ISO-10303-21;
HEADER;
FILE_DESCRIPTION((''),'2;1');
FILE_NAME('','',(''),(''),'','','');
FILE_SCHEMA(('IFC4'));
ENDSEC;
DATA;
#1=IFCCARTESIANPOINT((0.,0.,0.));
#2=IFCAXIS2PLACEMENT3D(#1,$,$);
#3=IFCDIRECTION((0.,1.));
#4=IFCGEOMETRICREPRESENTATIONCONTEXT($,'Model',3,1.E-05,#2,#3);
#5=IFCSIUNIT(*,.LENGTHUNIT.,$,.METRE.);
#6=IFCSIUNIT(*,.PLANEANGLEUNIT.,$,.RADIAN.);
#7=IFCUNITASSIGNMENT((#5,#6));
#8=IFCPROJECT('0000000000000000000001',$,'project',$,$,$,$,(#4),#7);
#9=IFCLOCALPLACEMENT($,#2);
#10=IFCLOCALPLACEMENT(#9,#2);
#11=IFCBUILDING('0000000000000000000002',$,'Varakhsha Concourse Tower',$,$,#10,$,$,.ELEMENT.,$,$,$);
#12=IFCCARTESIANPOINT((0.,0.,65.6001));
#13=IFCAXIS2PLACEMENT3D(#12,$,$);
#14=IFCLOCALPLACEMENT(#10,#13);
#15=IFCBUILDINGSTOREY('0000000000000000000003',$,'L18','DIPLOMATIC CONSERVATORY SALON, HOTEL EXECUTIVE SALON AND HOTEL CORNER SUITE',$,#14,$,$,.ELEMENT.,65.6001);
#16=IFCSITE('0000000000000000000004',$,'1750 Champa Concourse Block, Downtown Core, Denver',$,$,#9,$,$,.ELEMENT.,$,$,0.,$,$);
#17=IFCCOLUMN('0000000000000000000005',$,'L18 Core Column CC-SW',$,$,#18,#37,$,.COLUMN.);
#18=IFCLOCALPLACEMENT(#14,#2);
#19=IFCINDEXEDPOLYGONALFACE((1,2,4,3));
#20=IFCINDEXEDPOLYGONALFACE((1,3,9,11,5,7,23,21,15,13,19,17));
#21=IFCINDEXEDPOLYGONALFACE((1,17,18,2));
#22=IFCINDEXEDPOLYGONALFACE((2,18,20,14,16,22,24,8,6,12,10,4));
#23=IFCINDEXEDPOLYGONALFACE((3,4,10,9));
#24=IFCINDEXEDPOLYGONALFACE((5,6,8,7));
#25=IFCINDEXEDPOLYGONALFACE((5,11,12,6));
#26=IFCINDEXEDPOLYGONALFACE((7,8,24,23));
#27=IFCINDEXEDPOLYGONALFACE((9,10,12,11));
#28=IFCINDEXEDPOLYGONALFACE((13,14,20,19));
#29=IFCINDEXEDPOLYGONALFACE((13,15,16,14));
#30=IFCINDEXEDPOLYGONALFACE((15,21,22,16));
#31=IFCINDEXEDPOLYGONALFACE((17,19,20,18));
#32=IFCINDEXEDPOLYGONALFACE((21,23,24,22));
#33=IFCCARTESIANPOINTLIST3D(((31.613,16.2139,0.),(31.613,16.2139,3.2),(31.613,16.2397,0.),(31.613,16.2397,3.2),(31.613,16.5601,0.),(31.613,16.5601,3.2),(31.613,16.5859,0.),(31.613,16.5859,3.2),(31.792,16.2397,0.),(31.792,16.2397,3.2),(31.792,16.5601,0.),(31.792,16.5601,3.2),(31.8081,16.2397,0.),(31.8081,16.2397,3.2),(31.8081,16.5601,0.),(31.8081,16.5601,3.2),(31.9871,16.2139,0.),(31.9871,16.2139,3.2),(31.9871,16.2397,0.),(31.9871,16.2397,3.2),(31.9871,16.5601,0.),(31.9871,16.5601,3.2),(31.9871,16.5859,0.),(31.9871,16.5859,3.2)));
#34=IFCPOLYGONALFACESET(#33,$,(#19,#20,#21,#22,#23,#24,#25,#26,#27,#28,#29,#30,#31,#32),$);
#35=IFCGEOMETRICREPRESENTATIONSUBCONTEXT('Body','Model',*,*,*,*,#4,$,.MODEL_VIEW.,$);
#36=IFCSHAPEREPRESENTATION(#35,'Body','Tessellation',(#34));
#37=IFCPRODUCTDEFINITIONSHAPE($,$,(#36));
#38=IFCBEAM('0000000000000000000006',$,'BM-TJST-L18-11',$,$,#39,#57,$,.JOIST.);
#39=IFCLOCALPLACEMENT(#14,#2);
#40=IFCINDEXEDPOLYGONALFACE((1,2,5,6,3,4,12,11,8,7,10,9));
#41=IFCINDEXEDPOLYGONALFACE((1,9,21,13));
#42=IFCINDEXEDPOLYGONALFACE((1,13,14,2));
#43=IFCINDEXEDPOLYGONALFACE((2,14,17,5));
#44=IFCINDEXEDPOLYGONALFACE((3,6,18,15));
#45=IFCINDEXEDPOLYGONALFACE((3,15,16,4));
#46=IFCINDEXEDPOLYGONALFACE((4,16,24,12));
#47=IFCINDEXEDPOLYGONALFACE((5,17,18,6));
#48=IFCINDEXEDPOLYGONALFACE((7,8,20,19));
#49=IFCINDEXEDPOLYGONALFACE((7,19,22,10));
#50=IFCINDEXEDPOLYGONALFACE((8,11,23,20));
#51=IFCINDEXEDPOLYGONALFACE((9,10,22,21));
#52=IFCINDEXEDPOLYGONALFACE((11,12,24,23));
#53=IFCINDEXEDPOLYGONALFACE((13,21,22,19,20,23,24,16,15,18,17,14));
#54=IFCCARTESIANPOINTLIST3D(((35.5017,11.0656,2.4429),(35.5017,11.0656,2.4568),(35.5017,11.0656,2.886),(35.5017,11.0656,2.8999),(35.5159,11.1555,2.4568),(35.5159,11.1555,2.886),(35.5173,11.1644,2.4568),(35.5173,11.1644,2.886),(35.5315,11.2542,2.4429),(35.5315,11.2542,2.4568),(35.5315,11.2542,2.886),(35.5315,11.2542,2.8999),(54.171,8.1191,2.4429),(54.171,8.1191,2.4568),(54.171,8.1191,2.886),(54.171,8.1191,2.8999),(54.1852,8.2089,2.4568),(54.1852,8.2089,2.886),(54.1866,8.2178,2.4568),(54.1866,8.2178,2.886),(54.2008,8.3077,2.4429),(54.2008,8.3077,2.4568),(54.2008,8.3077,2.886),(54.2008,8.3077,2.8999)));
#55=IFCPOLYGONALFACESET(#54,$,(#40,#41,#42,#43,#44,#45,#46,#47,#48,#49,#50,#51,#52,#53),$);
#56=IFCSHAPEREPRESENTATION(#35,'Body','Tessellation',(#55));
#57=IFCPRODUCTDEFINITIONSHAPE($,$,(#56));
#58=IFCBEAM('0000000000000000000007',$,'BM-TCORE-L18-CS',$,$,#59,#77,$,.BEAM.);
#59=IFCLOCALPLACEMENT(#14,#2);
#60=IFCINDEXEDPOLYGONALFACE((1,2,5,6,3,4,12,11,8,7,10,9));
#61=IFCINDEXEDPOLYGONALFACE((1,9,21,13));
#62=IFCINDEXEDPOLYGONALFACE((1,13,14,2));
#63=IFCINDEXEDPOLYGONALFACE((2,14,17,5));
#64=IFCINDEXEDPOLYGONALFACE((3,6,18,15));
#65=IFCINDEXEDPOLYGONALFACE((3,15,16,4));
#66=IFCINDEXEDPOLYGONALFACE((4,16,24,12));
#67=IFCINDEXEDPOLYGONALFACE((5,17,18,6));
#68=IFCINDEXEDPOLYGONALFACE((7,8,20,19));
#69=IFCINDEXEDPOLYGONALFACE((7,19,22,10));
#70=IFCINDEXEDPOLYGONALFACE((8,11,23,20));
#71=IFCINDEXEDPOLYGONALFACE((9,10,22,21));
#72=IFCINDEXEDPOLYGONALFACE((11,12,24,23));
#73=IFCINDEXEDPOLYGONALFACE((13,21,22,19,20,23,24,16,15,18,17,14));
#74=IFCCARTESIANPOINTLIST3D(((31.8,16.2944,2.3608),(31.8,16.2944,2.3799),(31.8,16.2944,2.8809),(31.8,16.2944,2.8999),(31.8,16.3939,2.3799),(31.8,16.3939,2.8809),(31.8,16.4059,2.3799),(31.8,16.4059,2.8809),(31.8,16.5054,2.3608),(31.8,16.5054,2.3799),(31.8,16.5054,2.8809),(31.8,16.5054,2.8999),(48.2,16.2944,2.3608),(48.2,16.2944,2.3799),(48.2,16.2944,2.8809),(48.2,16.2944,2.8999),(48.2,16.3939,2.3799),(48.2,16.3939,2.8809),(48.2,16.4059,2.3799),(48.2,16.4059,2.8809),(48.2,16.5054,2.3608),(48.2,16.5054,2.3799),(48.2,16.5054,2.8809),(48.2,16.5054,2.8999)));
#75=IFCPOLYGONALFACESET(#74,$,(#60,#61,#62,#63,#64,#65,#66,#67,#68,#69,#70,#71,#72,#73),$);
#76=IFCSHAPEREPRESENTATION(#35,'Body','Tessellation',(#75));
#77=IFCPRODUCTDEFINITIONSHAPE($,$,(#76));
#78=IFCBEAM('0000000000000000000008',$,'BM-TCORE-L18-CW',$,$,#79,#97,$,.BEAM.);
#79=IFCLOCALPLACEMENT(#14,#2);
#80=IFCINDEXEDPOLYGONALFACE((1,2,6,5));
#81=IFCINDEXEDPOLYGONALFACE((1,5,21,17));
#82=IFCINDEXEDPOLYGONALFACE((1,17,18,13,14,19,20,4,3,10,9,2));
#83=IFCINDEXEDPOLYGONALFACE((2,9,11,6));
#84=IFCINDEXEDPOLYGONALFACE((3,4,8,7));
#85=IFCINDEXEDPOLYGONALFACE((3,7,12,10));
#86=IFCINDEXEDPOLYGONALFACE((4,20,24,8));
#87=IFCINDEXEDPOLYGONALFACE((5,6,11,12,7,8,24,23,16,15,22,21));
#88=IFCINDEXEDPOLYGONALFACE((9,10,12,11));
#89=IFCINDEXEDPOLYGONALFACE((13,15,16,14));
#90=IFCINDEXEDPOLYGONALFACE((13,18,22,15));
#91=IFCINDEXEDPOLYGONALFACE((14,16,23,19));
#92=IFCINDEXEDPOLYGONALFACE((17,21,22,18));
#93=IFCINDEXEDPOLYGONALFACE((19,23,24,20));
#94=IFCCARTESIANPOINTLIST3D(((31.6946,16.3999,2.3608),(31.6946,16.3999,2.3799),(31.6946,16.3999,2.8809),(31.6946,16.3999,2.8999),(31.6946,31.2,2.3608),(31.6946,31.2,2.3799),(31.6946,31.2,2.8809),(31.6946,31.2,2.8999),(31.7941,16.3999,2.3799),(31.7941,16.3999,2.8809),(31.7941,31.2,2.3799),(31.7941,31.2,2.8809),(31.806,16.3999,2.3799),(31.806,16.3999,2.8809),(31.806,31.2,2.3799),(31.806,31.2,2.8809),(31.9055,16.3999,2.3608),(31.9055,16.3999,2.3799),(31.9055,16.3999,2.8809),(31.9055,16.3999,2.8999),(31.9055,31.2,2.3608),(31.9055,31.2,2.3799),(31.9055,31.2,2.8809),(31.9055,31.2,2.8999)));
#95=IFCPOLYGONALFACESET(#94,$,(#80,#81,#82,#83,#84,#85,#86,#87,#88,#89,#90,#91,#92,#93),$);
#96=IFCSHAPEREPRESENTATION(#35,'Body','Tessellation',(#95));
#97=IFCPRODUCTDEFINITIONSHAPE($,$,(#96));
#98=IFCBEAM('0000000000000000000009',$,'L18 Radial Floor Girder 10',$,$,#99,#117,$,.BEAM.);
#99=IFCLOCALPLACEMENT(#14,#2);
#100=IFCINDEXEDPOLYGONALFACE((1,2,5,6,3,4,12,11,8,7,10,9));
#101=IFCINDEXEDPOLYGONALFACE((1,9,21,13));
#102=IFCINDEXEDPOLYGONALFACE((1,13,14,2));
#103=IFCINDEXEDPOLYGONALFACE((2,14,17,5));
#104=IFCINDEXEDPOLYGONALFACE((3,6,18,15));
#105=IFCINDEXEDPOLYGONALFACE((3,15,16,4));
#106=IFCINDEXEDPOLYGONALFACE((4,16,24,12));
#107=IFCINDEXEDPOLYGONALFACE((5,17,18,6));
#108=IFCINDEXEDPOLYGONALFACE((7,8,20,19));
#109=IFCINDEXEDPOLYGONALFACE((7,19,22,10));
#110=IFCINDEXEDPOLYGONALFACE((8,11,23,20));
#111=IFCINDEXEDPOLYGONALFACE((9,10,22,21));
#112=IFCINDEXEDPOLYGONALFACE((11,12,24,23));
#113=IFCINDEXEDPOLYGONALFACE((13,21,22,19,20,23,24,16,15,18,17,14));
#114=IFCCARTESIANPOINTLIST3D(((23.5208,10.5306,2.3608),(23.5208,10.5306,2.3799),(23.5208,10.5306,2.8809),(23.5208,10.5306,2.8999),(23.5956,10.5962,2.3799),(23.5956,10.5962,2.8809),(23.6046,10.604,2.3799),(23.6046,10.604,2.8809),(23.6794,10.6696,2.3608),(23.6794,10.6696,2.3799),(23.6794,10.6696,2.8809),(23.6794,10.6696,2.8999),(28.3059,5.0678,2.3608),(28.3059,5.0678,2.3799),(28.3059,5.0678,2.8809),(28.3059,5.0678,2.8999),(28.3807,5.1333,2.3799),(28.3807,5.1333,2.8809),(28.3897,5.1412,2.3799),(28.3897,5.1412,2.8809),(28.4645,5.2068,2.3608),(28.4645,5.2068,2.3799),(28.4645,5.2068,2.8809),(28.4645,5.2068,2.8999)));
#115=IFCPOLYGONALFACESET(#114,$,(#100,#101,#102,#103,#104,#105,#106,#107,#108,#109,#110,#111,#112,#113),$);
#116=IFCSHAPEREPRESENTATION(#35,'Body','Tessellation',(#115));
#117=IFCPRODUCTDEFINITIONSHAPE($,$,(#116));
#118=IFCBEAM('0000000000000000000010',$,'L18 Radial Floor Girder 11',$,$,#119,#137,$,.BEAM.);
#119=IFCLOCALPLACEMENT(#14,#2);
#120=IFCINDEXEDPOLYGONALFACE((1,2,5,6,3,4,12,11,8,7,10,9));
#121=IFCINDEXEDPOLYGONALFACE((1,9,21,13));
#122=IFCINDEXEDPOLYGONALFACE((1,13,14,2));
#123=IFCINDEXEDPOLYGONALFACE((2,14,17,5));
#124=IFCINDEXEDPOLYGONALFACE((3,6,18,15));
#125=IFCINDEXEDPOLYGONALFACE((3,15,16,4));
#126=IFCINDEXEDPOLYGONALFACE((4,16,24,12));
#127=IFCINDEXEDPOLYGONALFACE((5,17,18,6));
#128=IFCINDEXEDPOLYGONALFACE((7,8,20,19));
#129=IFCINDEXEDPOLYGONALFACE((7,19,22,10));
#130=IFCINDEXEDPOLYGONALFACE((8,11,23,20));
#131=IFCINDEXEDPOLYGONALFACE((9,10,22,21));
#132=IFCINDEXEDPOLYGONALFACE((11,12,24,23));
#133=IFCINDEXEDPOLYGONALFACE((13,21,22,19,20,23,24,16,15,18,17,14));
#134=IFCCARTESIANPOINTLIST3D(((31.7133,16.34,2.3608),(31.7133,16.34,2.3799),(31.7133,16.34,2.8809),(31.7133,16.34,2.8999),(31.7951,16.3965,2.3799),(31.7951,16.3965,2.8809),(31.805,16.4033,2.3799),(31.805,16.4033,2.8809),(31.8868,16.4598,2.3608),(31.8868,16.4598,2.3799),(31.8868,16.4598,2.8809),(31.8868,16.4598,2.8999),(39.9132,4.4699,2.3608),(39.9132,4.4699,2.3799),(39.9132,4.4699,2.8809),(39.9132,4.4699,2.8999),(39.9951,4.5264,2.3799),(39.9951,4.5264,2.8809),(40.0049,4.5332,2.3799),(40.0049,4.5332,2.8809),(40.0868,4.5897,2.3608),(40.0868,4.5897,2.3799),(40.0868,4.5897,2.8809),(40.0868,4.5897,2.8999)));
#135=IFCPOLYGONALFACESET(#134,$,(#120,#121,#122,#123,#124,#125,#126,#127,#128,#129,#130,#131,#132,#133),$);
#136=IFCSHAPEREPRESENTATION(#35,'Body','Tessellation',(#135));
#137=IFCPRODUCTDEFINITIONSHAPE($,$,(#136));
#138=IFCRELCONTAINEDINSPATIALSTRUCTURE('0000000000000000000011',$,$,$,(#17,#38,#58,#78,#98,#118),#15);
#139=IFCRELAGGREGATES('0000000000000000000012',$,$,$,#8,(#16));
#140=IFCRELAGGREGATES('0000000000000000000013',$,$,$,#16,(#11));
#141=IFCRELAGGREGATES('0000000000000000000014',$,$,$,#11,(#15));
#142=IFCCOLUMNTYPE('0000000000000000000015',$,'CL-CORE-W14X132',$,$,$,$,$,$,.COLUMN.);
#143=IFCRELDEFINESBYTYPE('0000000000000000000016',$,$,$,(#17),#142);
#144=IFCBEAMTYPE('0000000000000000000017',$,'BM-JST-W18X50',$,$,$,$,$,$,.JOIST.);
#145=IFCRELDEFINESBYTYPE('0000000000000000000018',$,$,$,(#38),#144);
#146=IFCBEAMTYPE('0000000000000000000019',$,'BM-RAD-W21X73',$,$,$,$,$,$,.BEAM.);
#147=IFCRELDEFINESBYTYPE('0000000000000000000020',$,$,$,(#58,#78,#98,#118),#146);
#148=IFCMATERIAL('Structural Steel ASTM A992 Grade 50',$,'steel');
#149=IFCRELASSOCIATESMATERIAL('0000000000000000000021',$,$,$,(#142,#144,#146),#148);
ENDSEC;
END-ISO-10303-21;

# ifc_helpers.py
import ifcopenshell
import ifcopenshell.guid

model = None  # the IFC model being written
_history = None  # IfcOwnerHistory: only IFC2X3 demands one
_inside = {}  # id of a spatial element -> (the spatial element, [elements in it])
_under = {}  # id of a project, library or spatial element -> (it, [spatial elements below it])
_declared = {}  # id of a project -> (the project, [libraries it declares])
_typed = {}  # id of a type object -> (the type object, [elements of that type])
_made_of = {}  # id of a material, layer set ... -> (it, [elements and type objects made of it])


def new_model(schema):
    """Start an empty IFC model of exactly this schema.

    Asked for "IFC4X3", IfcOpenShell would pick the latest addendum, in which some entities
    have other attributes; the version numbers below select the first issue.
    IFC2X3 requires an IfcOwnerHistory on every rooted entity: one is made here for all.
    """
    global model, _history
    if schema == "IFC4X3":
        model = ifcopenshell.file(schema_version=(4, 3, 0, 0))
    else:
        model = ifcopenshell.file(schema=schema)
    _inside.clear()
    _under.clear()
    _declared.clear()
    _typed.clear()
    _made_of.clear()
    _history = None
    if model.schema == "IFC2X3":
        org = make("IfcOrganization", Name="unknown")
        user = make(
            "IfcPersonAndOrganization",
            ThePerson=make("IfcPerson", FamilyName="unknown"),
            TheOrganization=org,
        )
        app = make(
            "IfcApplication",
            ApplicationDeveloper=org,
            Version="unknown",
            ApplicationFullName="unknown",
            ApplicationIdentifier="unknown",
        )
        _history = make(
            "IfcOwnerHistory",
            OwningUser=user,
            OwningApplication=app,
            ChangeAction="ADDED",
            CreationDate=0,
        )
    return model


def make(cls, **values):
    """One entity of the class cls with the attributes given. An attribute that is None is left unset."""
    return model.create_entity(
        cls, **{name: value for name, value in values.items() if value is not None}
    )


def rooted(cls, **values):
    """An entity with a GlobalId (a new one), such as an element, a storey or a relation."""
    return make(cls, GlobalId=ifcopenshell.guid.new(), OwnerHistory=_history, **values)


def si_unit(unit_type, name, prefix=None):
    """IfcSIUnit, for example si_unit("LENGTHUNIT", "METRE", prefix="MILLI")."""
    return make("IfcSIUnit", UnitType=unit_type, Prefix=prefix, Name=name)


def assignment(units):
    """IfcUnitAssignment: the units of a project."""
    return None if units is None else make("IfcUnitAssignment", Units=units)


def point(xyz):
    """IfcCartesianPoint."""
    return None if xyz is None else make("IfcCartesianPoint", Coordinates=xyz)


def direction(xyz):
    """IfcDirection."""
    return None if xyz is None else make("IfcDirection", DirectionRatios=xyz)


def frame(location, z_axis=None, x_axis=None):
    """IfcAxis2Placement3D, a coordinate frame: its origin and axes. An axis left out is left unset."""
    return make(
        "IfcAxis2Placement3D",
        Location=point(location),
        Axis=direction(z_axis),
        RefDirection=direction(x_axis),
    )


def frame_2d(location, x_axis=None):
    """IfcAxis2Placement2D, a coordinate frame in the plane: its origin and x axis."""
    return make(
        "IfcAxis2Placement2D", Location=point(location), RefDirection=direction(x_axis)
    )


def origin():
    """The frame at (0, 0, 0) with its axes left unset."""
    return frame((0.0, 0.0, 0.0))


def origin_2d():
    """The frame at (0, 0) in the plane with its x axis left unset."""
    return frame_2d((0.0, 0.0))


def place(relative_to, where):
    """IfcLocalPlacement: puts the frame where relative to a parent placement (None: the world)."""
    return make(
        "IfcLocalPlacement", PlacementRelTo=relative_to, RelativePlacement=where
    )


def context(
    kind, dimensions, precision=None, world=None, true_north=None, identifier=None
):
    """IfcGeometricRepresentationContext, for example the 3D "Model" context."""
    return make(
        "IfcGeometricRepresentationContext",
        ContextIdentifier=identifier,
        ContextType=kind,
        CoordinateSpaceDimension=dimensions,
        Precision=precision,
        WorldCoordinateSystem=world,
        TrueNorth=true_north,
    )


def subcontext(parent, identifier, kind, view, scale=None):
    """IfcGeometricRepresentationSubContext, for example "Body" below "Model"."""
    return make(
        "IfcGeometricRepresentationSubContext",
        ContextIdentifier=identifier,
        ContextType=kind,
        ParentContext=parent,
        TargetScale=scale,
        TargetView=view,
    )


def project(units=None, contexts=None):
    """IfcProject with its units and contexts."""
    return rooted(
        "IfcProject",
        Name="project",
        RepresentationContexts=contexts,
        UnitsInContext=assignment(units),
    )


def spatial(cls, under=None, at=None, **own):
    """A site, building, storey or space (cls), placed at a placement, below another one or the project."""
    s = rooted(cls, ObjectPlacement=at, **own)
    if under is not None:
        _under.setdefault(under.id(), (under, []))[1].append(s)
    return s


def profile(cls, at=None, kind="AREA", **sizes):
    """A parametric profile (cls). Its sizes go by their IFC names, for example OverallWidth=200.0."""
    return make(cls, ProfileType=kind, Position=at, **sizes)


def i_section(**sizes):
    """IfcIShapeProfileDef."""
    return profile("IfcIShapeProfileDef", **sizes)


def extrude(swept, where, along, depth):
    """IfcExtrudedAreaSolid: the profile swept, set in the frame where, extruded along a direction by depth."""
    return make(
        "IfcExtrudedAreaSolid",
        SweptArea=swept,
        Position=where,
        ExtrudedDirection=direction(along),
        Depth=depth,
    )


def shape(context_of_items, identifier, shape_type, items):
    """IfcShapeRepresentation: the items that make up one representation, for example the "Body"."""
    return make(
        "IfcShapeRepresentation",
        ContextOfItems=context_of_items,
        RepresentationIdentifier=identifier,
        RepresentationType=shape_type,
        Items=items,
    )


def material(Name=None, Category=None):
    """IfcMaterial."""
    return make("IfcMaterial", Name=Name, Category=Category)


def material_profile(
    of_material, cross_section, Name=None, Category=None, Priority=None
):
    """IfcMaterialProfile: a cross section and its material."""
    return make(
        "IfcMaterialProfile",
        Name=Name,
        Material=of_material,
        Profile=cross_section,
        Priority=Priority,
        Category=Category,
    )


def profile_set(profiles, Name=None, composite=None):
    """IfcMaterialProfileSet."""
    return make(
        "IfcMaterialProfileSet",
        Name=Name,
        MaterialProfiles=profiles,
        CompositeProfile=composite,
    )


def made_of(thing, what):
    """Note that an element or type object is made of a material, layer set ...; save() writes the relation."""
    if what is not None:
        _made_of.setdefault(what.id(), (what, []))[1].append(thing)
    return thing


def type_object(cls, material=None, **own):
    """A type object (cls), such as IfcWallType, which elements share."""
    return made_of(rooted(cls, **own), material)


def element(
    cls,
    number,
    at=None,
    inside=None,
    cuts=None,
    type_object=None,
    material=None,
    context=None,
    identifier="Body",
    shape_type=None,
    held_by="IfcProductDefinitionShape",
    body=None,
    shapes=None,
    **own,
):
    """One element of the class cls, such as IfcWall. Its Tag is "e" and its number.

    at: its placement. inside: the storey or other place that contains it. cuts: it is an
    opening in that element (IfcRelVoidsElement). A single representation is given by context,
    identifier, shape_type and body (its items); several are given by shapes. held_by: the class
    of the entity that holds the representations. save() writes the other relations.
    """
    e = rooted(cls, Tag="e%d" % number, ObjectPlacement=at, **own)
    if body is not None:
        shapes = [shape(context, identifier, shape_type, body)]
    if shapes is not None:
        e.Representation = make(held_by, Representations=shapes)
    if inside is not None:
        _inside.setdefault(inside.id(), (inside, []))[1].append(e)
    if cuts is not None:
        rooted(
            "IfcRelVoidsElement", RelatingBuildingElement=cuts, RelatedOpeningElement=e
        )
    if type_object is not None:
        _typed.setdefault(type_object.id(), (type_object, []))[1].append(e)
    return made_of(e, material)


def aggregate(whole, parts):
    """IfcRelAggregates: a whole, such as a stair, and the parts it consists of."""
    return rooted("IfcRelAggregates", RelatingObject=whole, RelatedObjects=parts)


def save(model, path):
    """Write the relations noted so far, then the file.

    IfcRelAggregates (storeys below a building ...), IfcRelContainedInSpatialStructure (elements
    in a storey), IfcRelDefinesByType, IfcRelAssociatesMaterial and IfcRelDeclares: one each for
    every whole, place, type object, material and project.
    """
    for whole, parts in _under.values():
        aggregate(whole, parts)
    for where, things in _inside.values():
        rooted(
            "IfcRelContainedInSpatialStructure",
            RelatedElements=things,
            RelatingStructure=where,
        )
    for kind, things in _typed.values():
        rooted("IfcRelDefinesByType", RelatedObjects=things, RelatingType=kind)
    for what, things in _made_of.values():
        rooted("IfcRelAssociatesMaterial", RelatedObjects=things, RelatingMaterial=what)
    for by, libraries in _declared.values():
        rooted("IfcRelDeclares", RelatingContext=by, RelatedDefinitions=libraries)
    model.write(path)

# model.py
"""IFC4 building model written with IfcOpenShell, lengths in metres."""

from ifc_helpers import new_model, si_unit, direction, frame, origin, origin_2d, place, context, subcontext, project, spatial, i_section, extrude, material, material_profile, profile_set, type_object, element, save


model = new_model("IFC4")

# Units and contexts
model_context = context("Model", 3, precision=1e-05, world=origin(), true_north=direction((0.0, 1.0)))
body_context = subcontext(model_context, "Body", "Model", "MODEL_VIEW")
ifc_project = project(units=[si_unit("LENGTHUNIT", "METRE"), si_unit("PLANEANGLEUNIT", "RADIAN")], contexts=[model_context])

# Site, building, storey
site_placement = place(None, origin())
site = spatial("IfcSite", under=ifc_project, at=site_placement, Name="1750 Champa Concourse Block, Downtown Core, Denver", CompositionType="ELEMENT", RefElevation=0.0)
building_placement = place(site_placement, origin())
building = spatial("IfcBuilding", under=site, at=building_placement, Name="Varakhsha Concourse Tower", CompositionType="ELEMENT")
storey_placement = place(building_placement, frame((0.0, 0.0, 65.6001)))
storey = spatial("IfcBuildingStorey", under=building, at=storey_placement, Name="L18", Description="DIPLOMATIC CONSERVATORY SALON, HOTEL EXECUTIVE SALON AND HOTEL CORNER SUITE", CompositionType="ELEMENT", Elevation=65.6001)

# Column
ifc_material_1 = material(Name="Structural Steel ASTM A992 Grade 50", Category="steel")
ifc_material_profile_1 = material_profile(ifc_material_1, i_section(OverallWidth=0.374, OverallDepth=0.3721, WebThickness=0.0161, FlangeThickness=0.0259, at=origin_2d()), Name="W14X132")
ifc_profile_set_1 = profile_set([ifc_material_profile_1], Name="Structural Steel ASTM A992 Grade 50")
column_type = type_object("IfcColumnType", Name="CL-CORE-W14X132", PredefinedType="COLUMN", material=ifc_profile_set_1)
column_placement = place(storey_placement, frame((31.8, 16.3999, 0.0), z_axis=(0.0, 0.0, 1.0), x_axis=(1.0, 0.0, 0.0)))
element("IfcColumn", 1, at=column_placement, inside=storey, type_object=column_type, Name="L18 Core Column CC-SW", PredefinedType="COLUMN", context=body_context, shape_type="SweptSolid", body=[
    extrude(i_section(OverallWidth=0.374, OverallDepth=0.3721, WebThickness=0.0161, FlangeThickness=0.0259, at=origin_2d()), origin(), (0.0, 0.0, 1.0), 3.2),
])

# Beams
ifc_material_profile_2 = material_profile(ifc_material_1, i_section(OverallWidth=0.1909, OverallDepth=0.457, WebThickness=0.009, FlangeThickness=0.0139, at=origin_2d()), Name="W18X50")
ifc_profile_set_2 = profile_set([ifc_material_profile_2], Name="Structural Steel ASTM A992 Grade 50")
beam_type_1 = type_object("IfcBeamType", Name="BM-JST-W18X50", PredefinedType="JOIST", material=ifc_profile_set_2)
beam_1_placement = place(storey_placement, frame((35.5166, 11.1599, 2.6714), z_axis=(0.987773, -0.155899, 0.0), x_axis=(0.155899, 0.987773, 0.0)))
element("IfcBeam", 2, at=beam_1_placement, inside=storey, type_object=beam_type_1, Name="BM-TJST-L18-11", PredefinedType="JOIST", context=body_context, shape_type="SweptSolid", body=[
    extrude(i_section(OverallWidth=0.1909, OverallDepth=0.457, WebThickness=0.009, FlangeThickness=0.0139, at=origin_2d()), origin(), (0.0, 0.0, 1.0), 18.9004),
])
ifc_material_profile_3 = material_profile(ifc_material_1, i_section(OverallWidth=0.2109, OverallDepth=0.5391, WebThickness=0.012, FlangeThickness=0.019, at=origin_2d()), Name="W21X73")
ifc_profile_set_3 = profile_set([ifc_material_profile_3], Name="Structural Steel ASTM A992 Grade 50")
beam_type_2 = type_object("IfcBeamType", Name="BM-RAD-W21X73", PredefinedType="BEAM", material=ifc_profile_set_3)
beam_2_placement = place(storey_placement, frame((31.8, 16.3999, 2.6304), z_axis=(1.0, 0.0, 0.0), x_axis=(0.0, 1.0, 0.0)))
element("IfcBeam", 3, at=beam_2_placement, inside=storey, type_object=beam_type_2, Name="BM-TCORE-L18-CS", PredefinedType="BEAM", context=body_context, shape_type="SweptSolid", body=[
    extrude(i_section(OverallWidth=0.2109, OverallDepth=0.5391, WebThickness=0.012, FlangeThickness=0.019, at=origin_2d()), origin(), (0.0, 0.0, 1.0), 16.3999),
])
beam_3_placement = place(storey_placement, frame((31.8, 16.3999, 2.6304), z_axis=(0.0, 1.0, 0.0), x_axis=(-1.0, 0.0, 0.0)))
element("IfcBeam", 4, at=beam_3_placement, inside=storey, type_object=beam_type_2, Name="BM-TCORE-L18-CW", PredefinedType="BEAM", context=body_context, shape_type="SweptSolid", body=[
    extrude(i_section(OverallWidth=0.2109, OverallDepth=0.5391, WebThickness=0.012, FlangeThickness=0.019, at=origin_2d()), origin(), (0.0, 0.0, 1.0), 14.8),
])
beam_4_placement = place(storey_placement, frame((23.6001, 10.6001, 2.6304), z_axis=(0.658904, -0.752227, 0.0), x_axis=(0.752227, 0.658904, 0.0)))
element("IfcBeam", 5, at=beam_4_placement, inside=storey, type_object=beam_type_2, Name="L18 Radial Floor Girder 10", PredefinedType="BEAM", context=body_context, shape_type="SweptSolid", body=[
    extrude(i_section(OverallWidth=0.2109, OverallDepth=0.5391, WebThickness=0.012, FlangeThickness=0.019, at=origin_2d()), origin(), (0.0, 0.0, 1.0), 7.2622),
])
beam_5_placement = place(storey_placement, frame((31.8, 16.3999, 2.6304), z_axis=(0.568375, -0.82277, 0.0), x_axis=(0.82277, 0.568375, 0.0)))
element("IfcBeam", 6, at=beam_5_placement, inside=storey, type_object=beam_type_2, Name="L18 Radial Floor Girder 11", PredefinedType="BEAM", context=body_context, shape_type="SweptSolid", body=[
    extrude(i_section(OverallWidth=0.2109, OverallDepth=0.5391, WebThickness=0.012, FlangeThickness=0.019, at=origin_2d()), origin(), (0.0, 0.0, 1.0), 14.427),
])

save(model, "model.ifc")
